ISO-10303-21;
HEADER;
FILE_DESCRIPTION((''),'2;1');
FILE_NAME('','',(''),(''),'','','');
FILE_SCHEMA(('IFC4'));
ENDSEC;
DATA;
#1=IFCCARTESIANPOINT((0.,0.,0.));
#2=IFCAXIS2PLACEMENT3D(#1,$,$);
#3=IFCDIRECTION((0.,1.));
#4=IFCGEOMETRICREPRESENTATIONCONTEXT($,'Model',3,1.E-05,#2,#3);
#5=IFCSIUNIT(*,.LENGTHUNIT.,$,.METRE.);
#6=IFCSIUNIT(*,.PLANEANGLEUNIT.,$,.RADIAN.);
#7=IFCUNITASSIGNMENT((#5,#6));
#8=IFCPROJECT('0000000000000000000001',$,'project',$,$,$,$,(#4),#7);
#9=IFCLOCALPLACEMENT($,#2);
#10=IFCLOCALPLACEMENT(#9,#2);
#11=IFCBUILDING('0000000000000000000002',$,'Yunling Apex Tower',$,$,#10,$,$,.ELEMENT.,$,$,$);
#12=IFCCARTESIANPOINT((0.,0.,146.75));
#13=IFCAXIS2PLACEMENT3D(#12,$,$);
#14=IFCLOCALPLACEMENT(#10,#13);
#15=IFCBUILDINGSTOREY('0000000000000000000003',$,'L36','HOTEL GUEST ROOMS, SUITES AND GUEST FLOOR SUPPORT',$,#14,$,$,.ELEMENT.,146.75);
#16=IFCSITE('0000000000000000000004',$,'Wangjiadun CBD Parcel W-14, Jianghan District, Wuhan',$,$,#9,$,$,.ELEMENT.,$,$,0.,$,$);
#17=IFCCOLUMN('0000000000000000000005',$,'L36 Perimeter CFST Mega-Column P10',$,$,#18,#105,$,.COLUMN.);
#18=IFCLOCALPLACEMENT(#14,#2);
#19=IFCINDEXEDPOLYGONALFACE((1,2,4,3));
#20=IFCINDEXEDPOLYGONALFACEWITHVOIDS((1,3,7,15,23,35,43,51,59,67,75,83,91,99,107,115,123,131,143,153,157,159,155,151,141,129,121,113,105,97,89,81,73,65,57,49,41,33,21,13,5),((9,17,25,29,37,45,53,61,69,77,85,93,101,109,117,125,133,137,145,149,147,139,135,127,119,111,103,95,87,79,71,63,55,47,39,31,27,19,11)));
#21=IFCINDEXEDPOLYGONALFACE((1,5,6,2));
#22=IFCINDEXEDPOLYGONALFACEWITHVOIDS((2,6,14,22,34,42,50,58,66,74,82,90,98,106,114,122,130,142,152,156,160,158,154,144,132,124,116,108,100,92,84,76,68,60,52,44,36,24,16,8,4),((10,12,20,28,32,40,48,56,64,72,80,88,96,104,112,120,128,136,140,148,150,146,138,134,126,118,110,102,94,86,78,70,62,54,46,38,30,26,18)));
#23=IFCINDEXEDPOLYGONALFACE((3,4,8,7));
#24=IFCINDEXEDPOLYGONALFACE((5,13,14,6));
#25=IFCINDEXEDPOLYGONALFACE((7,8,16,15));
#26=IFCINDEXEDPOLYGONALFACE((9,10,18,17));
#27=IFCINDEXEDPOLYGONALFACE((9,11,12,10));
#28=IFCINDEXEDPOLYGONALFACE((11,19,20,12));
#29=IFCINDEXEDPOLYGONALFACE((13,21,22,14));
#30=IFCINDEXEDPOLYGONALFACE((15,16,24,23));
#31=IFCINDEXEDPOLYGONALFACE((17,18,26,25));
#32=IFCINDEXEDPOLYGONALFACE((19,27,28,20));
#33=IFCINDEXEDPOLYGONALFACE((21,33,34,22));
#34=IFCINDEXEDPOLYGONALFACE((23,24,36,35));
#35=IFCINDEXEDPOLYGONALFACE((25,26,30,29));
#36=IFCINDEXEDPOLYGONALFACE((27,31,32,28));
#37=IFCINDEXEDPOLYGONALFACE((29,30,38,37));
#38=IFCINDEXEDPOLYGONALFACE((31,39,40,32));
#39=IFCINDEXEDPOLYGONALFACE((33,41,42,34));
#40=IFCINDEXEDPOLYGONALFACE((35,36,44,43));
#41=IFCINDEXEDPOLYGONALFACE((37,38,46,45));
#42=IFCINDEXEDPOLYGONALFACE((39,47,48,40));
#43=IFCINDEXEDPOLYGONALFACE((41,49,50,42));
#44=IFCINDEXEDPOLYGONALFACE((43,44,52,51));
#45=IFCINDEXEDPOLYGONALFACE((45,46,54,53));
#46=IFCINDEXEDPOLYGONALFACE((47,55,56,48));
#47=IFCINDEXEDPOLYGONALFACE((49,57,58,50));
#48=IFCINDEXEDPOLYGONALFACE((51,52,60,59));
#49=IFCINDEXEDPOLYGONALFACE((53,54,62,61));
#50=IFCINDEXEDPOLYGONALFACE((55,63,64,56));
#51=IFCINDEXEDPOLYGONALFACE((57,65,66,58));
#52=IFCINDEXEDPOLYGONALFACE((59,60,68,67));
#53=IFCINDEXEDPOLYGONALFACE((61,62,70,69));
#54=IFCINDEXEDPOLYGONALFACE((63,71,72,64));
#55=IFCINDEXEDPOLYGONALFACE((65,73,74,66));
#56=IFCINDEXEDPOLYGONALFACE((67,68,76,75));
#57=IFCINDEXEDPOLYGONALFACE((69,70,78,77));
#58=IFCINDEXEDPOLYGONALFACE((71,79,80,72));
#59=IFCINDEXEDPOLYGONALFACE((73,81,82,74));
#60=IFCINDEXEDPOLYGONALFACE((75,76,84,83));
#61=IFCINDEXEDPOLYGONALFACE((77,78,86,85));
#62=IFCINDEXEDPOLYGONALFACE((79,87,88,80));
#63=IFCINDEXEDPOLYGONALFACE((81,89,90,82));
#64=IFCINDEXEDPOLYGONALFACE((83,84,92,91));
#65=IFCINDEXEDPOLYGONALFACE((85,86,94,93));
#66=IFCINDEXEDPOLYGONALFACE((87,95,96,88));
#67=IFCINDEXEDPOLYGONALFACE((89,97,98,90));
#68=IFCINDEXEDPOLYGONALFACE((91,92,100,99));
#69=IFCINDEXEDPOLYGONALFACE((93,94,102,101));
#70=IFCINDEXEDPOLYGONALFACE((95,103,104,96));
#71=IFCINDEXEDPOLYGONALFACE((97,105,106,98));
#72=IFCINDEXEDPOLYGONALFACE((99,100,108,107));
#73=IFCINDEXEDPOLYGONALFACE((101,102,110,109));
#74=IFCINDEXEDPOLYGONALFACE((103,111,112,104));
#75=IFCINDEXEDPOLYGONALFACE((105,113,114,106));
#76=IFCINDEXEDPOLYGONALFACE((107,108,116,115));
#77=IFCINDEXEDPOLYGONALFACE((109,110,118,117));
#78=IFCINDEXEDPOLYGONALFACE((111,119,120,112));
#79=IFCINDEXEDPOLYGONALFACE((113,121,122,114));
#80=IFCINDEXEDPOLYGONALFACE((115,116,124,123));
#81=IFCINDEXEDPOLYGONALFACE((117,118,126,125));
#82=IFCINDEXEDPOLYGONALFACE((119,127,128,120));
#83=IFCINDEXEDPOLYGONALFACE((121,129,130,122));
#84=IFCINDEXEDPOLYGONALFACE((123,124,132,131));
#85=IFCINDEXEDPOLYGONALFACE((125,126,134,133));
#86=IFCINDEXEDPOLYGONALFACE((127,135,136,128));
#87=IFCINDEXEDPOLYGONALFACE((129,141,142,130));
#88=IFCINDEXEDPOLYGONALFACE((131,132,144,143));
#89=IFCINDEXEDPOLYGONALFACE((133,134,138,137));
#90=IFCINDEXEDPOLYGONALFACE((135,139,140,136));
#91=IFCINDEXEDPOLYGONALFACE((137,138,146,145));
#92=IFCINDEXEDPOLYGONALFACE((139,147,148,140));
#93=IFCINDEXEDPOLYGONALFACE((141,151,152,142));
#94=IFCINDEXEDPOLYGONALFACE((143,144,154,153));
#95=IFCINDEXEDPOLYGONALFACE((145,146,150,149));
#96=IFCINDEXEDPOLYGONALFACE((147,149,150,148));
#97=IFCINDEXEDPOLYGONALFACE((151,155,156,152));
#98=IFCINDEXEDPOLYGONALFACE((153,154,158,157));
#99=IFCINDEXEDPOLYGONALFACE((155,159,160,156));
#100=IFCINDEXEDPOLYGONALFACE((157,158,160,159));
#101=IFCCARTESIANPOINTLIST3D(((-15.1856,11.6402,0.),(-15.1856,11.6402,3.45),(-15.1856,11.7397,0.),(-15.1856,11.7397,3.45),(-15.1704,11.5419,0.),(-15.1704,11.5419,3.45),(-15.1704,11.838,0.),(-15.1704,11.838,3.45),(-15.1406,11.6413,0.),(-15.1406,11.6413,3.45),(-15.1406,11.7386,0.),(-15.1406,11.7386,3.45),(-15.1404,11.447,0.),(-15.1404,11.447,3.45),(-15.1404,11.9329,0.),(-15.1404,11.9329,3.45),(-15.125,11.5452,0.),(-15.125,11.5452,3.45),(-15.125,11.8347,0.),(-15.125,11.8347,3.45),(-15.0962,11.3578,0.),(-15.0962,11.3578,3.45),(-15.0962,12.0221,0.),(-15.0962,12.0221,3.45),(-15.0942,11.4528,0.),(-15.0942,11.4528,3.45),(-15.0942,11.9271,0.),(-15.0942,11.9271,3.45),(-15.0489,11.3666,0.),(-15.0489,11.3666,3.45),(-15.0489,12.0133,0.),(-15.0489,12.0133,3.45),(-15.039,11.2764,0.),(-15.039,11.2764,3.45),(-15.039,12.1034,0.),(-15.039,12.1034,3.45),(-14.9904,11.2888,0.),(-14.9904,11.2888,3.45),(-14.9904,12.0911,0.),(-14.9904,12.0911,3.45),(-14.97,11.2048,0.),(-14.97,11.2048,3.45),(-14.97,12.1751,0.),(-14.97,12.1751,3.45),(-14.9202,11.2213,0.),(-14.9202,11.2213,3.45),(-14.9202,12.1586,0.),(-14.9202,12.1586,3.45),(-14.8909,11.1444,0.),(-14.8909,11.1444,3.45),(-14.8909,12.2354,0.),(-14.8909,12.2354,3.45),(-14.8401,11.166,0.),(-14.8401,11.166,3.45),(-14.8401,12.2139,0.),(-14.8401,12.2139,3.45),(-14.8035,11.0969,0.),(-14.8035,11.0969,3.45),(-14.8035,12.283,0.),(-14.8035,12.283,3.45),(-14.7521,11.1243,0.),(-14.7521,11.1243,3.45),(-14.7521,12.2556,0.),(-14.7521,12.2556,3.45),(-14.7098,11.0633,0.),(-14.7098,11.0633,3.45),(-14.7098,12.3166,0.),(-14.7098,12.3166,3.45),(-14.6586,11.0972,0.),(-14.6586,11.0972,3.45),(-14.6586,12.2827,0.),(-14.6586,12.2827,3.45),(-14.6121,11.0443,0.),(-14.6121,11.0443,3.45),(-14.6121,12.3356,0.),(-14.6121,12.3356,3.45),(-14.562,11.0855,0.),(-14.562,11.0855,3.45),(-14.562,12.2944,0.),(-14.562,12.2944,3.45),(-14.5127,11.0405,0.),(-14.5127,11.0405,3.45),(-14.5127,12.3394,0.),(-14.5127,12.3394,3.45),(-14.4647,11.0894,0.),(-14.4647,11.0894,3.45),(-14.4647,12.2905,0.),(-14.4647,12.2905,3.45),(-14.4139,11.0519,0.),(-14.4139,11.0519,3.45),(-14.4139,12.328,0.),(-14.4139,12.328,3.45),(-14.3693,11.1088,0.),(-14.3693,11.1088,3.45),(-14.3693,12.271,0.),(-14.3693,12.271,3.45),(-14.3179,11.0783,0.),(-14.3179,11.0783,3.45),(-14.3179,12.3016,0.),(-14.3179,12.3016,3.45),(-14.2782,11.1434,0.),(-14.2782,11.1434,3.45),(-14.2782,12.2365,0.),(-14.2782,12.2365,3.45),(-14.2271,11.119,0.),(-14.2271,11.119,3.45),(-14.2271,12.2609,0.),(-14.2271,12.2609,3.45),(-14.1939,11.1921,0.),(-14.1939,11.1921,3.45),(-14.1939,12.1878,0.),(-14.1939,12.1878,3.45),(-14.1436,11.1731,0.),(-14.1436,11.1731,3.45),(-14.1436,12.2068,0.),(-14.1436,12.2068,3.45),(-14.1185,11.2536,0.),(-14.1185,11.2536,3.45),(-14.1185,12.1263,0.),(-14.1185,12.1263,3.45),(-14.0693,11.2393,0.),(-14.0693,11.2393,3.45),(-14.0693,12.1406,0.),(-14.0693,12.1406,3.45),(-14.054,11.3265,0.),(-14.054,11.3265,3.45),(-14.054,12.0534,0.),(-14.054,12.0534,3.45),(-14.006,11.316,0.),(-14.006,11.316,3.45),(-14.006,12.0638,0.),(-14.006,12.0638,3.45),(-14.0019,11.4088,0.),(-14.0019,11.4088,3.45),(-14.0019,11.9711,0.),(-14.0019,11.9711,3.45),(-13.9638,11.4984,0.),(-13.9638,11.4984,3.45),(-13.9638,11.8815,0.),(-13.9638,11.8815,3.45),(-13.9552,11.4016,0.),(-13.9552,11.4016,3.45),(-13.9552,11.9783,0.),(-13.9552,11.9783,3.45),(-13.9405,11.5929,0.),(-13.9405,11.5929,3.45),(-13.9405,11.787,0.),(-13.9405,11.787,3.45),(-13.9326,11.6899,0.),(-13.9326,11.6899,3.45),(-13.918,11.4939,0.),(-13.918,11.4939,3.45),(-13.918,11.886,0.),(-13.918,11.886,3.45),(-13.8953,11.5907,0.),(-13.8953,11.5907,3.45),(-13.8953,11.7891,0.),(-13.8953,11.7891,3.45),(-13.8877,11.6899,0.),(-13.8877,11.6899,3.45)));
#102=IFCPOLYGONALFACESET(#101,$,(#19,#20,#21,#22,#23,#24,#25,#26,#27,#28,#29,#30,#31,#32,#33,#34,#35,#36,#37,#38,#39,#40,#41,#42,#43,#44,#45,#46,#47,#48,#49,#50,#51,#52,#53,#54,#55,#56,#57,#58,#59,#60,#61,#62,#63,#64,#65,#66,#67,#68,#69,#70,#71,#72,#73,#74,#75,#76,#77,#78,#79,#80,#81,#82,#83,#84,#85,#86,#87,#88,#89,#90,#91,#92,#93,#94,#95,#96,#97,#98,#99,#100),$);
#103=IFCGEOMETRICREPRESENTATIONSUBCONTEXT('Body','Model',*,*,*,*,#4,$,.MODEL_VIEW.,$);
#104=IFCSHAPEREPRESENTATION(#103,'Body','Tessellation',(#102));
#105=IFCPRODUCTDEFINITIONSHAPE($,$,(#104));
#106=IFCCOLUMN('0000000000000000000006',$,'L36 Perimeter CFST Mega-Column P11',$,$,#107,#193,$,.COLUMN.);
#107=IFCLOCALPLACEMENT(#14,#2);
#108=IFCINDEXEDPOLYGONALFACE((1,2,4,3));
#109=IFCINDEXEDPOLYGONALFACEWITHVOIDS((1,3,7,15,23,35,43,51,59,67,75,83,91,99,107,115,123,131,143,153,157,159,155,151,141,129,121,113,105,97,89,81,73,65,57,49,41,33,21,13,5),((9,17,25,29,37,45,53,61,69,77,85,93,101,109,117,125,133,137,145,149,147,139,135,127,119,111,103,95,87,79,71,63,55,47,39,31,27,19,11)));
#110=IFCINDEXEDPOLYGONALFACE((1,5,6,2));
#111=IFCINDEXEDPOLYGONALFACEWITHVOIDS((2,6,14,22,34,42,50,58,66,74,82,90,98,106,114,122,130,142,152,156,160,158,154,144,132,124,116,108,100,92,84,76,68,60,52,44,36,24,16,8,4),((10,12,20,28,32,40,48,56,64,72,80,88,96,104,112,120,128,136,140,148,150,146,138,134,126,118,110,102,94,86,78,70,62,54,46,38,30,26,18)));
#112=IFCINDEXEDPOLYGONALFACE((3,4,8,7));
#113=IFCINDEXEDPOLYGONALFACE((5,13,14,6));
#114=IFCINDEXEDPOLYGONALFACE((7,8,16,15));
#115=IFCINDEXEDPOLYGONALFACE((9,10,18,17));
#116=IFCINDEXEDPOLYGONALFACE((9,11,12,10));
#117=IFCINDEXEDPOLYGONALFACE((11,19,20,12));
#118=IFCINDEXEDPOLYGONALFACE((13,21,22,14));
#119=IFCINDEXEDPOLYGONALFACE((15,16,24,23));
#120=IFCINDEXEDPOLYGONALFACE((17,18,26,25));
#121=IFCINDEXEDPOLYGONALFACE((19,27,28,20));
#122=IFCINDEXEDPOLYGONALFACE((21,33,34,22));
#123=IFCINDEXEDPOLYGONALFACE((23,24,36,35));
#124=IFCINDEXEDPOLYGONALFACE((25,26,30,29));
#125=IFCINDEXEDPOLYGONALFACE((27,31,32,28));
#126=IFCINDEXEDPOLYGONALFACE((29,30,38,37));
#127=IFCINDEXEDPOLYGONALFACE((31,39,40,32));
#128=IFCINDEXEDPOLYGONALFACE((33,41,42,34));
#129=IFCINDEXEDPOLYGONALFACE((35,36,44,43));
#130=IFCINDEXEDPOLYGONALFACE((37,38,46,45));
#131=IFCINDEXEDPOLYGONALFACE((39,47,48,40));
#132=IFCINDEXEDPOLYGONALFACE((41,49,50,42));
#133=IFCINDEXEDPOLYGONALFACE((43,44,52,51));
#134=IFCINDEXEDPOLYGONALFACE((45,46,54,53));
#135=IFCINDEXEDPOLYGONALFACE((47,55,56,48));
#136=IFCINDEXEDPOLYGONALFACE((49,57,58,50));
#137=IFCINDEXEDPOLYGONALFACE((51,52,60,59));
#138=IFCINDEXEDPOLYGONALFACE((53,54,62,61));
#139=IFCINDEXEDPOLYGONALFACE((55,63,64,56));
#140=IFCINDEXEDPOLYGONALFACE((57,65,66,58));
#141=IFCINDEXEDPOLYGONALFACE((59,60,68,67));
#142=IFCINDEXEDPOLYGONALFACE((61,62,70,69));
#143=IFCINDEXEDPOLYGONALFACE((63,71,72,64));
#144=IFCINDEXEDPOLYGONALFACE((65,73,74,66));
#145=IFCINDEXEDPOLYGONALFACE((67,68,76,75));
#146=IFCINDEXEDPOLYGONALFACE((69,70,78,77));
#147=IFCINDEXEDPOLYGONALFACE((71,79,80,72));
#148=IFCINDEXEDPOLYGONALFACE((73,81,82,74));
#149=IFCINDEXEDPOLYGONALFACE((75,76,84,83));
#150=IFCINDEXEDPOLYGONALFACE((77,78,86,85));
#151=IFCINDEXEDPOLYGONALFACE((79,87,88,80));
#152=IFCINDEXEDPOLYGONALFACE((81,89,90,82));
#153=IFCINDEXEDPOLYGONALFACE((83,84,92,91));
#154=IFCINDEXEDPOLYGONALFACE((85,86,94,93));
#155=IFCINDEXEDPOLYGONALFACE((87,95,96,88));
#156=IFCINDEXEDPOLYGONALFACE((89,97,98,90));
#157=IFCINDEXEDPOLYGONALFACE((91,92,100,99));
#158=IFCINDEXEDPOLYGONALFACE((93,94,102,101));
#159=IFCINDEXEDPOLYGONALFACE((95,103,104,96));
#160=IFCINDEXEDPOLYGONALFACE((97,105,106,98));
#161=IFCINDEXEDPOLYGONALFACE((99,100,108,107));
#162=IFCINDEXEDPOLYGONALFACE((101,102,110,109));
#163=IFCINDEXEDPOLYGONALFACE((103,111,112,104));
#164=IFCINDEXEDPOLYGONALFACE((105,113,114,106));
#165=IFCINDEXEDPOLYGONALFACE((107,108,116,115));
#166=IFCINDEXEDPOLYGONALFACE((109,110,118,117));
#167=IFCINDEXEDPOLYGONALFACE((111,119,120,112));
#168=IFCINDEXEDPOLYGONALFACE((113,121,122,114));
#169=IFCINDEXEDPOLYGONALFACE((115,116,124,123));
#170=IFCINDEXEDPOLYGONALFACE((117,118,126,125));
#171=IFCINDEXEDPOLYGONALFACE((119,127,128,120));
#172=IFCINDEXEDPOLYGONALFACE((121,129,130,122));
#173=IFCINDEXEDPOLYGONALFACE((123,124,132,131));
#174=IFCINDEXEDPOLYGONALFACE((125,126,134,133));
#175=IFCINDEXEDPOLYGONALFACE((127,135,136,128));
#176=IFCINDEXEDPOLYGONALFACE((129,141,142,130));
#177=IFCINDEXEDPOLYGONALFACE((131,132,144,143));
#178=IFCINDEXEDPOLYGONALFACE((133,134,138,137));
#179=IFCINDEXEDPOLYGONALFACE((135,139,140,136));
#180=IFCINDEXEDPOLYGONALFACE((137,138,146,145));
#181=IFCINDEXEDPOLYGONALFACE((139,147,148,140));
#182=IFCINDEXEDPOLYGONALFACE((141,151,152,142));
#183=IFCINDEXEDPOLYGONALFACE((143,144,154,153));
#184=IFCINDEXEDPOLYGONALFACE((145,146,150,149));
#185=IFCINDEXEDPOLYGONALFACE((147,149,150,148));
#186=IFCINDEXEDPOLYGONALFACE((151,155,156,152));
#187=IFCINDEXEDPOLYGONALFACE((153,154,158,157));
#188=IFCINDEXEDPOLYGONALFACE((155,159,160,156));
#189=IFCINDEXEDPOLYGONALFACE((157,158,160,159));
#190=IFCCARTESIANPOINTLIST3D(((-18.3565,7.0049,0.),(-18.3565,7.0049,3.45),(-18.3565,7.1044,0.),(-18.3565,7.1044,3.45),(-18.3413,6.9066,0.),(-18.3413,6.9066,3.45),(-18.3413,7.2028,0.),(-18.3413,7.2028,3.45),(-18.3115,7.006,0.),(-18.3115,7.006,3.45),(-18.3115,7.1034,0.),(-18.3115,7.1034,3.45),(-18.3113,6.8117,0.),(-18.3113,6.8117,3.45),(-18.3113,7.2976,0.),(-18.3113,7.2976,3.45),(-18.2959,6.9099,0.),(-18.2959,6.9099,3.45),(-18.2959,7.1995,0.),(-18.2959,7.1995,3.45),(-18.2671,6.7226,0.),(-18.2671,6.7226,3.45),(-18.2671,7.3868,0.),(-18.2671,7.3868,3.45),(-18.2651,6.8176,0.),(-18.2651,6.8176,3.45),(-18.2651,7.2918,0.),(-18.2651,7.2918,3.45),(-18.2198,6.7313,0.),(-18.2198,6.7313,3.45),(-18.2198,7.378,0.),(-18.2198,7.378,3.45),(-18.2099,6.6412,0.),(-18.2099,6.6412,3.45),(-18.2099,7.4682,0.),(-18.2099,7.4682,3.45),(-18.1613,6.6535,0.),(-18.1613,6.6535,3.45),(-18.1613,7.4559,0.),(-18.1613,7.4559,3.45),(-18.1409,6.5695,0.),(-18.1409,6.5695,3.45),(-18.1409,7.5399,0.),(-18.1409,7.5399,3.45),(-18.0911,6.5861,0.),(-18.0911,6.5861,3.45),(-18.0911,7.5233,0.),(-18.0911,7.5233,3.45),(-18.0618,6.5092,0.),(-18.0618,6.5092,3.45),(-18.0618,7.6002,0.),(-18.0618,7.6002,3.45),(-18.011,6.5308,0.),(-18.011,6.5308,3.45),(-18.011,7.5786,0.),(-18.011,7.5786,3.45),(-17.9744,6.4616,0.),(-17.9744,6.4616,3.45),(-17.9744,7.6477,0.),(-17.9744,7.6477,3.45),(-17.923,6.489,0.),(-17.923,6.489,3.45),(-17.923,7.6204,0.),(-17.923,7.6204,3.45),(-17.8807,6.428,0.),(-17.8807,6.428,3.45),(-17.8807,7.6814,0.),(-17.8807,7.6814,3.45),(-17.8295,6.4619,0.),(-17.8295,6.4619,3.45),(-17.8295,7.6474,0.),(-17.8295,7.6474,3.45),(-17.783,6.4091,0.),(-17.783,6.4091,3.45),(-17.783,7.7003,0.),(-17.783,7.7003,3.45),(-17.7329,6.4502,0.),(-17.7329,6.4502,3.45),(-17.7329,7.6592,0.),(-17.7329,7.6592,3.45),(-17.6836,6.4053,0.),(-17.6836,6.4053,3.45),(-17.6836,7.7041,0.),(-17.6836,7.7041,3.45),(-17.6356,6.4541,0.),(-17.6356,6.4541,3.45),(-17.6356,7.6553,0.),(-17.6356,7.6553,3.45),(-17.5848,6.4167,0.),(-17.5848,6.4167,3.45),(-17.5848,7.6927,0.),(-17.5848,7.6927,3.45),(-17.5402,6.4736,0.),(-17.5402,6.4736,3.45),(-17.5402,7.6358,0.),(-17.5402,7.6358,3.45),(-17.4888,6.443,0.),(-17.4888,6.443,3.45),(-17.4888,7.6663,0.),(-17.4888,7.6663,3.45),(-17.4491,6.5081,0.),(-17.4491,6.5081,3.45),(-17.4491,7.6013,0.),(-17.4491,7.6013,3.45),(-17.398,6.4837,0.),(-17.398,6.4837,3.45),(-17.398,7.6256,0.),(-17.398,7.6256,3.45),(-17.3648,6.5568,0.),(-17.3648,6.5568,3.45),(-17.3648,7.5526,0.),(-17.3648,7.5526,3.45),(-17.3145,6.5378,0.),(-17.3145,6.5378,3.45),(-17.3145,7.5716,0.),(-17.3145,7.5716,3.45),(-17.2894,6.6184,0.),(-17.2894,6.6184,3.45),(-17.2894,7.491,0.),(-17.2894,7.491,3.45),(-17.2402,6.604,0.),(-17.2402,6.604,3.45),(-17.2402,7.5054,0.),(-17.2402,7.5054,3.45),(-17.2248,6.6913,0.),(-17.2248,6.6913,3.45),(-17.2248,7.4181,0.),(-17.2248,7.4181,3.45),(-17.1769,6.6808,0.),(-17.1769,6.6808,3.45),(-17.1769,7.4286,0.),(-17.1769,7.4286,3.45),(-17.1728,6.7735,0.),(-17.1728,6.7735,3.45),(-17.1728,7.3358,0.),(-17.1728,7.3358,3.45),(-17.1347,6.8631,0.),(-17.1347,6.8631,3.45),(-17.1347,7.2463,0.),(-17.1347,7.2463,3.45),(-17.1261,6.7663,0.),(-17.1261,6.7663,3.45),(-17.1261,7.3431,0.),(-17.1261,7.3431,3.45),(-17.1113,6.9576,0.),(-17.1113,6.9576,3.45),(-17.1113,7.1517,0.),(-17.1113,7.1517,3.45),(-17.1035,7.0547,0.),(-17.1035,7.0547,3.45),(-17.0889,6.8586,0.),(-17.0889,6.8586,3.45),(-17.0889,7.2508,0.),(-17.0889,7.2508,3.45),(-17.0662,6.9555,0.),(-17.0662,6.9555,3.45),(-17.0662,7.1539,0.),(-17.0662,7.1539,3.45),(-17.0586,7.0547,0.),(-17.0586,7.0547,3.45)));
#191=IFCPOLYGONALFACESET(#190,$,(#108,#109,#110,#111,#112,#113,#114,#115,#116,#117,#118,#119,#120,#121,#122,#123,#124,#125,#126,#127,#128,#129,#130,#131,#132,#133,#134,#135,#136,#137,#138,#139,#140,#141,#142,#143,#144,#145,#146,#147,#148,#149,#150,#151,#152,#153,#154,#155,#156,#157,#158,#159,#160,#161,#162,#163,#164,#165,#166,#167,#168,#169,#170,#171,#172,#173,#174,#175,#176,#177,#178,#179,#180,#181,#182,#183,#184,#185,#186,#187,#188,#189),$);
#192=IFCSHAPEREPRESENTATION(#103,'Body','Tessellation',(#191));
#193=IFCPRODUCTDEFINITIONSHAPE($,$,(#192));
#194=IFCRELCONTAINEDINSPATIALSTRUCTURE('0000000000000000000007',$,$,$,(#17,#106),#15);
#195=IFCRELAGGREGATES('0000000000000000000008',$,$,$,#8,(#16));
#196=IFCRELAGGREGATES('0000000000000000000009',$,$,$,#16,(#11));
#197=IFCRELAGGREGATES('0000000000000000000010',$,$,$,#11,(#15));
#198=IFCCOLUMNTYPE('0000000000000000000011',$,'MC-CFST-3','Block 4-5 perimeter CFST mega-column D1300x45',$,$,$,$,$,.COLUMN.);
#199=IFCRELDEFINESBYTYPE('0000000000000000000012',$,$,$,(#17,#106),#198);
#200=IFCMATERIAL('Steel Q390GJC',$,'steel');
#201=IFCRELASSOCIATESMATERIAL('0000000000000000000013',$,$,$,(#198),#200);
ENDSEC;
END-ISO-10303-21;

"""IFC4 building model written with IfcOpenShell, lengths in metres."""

from ifc_helpers import new_model, si_unit, direction, frame, origin, origin_2d, place, context, subcontext, project, spatial, hollow_circle, extrude, source, transform, mapped, material, material_profile, profile_set, type_object, element, save


model = new_model("IFC4")

# Units and contexts
model_context = context("Model", 3, precision=1e-05, world=origin(), true_north=direction((0.0, 1.0)))
body_context = subcontext(model_context, "Body", "Model", "MODEL_VIEW")
ifc_project = project(units=[si_unit("LENGTHUNIT", "METRE"), si_unit("PLANEANGLEUNIT", "RADIAN")], contexts=[model_context])

# Site, building, storey
site_placement = place(None, origin())
site = spatial("IfcSite", under=ifc_project, at=site_placement, Name="Wangjiadun CBD Parcel W-14, Jianghan District, Wuhan", CompositionType="ELEMENT", RefElevation=0.0)
building_placement = place(site_placement, origin())
building = spatial("IfcBuilding", under=site, at=building_placement, Name="Yunling Apex Tower", CompositionType="ELEMENT")
storey_placement = place(building_placement, frame((0.0, 0.0, 146.75)))
storey = spatial("IfcBuildingStorey", under=building, at=storey_placement, Name="L36", Description="HOTEL GUEST ROOMS, SUITES AND GUEST FLOOR SUPPORT", CompositionType="ELEMENT", Elevation=146.75)

# Columns
ifc_material_1 = material(Name="Steel Q390GJC", Category="steel")
ifc_material_profile_1 = material_profile(ifc_material_1, hollow_circle(Radius=0.6499, WallThickness=0.0449, at=origin_2d()))
ifc_profile_set_1 = profile_set([ifc_material_profile_1], Name="Steel Q390GJC")
column_type = type_object("IfcColumnType", Name="MC-CFST-3", Description="Block 4-5 perimeter CFST mega-column D1300x45", PredefinedType="COLUMN", material=ifc_profile_set_1)
shared_shape_1 = source(origin(), body_context, "Body", "SweptSolid", [
    extrude(hollow_circle(Radius=0.6499, WallThickness=0.0449, at=origin_2d()), origin(), (0.0, 0.0, 1.0), 3.45),
])
for number, where, z_axis, x_axis, name in (
    (1, (-14.5376, 11.6899, 0.0), (0.0, 0.0, 1.0), (1.0, 0.0, 0.0), "L36 Perimeter CFST Mega-Column P10"),
    (2, (-17.7085, 7.0547, 0.0), (0.0, 0.0, 1.0), (1.0, 0.0, 0.0), "L36 Perimeter CFST Mega-Column P11"),
):
    element("IfcColumn", number, at=place(storey_placement, frame(where, z_axis=z_axis, x_axis=x_axis)), inside=storey, type_object=column_type, Name=name, PredefinedType="COLUMN", context=body_context, shape_type="MappedRepresentation", body=[
        mapped(shared_shape_1, transform((0.0, 0.0, 0.0), scale=1.0)),
    ])

save(model, "model.ifc")
